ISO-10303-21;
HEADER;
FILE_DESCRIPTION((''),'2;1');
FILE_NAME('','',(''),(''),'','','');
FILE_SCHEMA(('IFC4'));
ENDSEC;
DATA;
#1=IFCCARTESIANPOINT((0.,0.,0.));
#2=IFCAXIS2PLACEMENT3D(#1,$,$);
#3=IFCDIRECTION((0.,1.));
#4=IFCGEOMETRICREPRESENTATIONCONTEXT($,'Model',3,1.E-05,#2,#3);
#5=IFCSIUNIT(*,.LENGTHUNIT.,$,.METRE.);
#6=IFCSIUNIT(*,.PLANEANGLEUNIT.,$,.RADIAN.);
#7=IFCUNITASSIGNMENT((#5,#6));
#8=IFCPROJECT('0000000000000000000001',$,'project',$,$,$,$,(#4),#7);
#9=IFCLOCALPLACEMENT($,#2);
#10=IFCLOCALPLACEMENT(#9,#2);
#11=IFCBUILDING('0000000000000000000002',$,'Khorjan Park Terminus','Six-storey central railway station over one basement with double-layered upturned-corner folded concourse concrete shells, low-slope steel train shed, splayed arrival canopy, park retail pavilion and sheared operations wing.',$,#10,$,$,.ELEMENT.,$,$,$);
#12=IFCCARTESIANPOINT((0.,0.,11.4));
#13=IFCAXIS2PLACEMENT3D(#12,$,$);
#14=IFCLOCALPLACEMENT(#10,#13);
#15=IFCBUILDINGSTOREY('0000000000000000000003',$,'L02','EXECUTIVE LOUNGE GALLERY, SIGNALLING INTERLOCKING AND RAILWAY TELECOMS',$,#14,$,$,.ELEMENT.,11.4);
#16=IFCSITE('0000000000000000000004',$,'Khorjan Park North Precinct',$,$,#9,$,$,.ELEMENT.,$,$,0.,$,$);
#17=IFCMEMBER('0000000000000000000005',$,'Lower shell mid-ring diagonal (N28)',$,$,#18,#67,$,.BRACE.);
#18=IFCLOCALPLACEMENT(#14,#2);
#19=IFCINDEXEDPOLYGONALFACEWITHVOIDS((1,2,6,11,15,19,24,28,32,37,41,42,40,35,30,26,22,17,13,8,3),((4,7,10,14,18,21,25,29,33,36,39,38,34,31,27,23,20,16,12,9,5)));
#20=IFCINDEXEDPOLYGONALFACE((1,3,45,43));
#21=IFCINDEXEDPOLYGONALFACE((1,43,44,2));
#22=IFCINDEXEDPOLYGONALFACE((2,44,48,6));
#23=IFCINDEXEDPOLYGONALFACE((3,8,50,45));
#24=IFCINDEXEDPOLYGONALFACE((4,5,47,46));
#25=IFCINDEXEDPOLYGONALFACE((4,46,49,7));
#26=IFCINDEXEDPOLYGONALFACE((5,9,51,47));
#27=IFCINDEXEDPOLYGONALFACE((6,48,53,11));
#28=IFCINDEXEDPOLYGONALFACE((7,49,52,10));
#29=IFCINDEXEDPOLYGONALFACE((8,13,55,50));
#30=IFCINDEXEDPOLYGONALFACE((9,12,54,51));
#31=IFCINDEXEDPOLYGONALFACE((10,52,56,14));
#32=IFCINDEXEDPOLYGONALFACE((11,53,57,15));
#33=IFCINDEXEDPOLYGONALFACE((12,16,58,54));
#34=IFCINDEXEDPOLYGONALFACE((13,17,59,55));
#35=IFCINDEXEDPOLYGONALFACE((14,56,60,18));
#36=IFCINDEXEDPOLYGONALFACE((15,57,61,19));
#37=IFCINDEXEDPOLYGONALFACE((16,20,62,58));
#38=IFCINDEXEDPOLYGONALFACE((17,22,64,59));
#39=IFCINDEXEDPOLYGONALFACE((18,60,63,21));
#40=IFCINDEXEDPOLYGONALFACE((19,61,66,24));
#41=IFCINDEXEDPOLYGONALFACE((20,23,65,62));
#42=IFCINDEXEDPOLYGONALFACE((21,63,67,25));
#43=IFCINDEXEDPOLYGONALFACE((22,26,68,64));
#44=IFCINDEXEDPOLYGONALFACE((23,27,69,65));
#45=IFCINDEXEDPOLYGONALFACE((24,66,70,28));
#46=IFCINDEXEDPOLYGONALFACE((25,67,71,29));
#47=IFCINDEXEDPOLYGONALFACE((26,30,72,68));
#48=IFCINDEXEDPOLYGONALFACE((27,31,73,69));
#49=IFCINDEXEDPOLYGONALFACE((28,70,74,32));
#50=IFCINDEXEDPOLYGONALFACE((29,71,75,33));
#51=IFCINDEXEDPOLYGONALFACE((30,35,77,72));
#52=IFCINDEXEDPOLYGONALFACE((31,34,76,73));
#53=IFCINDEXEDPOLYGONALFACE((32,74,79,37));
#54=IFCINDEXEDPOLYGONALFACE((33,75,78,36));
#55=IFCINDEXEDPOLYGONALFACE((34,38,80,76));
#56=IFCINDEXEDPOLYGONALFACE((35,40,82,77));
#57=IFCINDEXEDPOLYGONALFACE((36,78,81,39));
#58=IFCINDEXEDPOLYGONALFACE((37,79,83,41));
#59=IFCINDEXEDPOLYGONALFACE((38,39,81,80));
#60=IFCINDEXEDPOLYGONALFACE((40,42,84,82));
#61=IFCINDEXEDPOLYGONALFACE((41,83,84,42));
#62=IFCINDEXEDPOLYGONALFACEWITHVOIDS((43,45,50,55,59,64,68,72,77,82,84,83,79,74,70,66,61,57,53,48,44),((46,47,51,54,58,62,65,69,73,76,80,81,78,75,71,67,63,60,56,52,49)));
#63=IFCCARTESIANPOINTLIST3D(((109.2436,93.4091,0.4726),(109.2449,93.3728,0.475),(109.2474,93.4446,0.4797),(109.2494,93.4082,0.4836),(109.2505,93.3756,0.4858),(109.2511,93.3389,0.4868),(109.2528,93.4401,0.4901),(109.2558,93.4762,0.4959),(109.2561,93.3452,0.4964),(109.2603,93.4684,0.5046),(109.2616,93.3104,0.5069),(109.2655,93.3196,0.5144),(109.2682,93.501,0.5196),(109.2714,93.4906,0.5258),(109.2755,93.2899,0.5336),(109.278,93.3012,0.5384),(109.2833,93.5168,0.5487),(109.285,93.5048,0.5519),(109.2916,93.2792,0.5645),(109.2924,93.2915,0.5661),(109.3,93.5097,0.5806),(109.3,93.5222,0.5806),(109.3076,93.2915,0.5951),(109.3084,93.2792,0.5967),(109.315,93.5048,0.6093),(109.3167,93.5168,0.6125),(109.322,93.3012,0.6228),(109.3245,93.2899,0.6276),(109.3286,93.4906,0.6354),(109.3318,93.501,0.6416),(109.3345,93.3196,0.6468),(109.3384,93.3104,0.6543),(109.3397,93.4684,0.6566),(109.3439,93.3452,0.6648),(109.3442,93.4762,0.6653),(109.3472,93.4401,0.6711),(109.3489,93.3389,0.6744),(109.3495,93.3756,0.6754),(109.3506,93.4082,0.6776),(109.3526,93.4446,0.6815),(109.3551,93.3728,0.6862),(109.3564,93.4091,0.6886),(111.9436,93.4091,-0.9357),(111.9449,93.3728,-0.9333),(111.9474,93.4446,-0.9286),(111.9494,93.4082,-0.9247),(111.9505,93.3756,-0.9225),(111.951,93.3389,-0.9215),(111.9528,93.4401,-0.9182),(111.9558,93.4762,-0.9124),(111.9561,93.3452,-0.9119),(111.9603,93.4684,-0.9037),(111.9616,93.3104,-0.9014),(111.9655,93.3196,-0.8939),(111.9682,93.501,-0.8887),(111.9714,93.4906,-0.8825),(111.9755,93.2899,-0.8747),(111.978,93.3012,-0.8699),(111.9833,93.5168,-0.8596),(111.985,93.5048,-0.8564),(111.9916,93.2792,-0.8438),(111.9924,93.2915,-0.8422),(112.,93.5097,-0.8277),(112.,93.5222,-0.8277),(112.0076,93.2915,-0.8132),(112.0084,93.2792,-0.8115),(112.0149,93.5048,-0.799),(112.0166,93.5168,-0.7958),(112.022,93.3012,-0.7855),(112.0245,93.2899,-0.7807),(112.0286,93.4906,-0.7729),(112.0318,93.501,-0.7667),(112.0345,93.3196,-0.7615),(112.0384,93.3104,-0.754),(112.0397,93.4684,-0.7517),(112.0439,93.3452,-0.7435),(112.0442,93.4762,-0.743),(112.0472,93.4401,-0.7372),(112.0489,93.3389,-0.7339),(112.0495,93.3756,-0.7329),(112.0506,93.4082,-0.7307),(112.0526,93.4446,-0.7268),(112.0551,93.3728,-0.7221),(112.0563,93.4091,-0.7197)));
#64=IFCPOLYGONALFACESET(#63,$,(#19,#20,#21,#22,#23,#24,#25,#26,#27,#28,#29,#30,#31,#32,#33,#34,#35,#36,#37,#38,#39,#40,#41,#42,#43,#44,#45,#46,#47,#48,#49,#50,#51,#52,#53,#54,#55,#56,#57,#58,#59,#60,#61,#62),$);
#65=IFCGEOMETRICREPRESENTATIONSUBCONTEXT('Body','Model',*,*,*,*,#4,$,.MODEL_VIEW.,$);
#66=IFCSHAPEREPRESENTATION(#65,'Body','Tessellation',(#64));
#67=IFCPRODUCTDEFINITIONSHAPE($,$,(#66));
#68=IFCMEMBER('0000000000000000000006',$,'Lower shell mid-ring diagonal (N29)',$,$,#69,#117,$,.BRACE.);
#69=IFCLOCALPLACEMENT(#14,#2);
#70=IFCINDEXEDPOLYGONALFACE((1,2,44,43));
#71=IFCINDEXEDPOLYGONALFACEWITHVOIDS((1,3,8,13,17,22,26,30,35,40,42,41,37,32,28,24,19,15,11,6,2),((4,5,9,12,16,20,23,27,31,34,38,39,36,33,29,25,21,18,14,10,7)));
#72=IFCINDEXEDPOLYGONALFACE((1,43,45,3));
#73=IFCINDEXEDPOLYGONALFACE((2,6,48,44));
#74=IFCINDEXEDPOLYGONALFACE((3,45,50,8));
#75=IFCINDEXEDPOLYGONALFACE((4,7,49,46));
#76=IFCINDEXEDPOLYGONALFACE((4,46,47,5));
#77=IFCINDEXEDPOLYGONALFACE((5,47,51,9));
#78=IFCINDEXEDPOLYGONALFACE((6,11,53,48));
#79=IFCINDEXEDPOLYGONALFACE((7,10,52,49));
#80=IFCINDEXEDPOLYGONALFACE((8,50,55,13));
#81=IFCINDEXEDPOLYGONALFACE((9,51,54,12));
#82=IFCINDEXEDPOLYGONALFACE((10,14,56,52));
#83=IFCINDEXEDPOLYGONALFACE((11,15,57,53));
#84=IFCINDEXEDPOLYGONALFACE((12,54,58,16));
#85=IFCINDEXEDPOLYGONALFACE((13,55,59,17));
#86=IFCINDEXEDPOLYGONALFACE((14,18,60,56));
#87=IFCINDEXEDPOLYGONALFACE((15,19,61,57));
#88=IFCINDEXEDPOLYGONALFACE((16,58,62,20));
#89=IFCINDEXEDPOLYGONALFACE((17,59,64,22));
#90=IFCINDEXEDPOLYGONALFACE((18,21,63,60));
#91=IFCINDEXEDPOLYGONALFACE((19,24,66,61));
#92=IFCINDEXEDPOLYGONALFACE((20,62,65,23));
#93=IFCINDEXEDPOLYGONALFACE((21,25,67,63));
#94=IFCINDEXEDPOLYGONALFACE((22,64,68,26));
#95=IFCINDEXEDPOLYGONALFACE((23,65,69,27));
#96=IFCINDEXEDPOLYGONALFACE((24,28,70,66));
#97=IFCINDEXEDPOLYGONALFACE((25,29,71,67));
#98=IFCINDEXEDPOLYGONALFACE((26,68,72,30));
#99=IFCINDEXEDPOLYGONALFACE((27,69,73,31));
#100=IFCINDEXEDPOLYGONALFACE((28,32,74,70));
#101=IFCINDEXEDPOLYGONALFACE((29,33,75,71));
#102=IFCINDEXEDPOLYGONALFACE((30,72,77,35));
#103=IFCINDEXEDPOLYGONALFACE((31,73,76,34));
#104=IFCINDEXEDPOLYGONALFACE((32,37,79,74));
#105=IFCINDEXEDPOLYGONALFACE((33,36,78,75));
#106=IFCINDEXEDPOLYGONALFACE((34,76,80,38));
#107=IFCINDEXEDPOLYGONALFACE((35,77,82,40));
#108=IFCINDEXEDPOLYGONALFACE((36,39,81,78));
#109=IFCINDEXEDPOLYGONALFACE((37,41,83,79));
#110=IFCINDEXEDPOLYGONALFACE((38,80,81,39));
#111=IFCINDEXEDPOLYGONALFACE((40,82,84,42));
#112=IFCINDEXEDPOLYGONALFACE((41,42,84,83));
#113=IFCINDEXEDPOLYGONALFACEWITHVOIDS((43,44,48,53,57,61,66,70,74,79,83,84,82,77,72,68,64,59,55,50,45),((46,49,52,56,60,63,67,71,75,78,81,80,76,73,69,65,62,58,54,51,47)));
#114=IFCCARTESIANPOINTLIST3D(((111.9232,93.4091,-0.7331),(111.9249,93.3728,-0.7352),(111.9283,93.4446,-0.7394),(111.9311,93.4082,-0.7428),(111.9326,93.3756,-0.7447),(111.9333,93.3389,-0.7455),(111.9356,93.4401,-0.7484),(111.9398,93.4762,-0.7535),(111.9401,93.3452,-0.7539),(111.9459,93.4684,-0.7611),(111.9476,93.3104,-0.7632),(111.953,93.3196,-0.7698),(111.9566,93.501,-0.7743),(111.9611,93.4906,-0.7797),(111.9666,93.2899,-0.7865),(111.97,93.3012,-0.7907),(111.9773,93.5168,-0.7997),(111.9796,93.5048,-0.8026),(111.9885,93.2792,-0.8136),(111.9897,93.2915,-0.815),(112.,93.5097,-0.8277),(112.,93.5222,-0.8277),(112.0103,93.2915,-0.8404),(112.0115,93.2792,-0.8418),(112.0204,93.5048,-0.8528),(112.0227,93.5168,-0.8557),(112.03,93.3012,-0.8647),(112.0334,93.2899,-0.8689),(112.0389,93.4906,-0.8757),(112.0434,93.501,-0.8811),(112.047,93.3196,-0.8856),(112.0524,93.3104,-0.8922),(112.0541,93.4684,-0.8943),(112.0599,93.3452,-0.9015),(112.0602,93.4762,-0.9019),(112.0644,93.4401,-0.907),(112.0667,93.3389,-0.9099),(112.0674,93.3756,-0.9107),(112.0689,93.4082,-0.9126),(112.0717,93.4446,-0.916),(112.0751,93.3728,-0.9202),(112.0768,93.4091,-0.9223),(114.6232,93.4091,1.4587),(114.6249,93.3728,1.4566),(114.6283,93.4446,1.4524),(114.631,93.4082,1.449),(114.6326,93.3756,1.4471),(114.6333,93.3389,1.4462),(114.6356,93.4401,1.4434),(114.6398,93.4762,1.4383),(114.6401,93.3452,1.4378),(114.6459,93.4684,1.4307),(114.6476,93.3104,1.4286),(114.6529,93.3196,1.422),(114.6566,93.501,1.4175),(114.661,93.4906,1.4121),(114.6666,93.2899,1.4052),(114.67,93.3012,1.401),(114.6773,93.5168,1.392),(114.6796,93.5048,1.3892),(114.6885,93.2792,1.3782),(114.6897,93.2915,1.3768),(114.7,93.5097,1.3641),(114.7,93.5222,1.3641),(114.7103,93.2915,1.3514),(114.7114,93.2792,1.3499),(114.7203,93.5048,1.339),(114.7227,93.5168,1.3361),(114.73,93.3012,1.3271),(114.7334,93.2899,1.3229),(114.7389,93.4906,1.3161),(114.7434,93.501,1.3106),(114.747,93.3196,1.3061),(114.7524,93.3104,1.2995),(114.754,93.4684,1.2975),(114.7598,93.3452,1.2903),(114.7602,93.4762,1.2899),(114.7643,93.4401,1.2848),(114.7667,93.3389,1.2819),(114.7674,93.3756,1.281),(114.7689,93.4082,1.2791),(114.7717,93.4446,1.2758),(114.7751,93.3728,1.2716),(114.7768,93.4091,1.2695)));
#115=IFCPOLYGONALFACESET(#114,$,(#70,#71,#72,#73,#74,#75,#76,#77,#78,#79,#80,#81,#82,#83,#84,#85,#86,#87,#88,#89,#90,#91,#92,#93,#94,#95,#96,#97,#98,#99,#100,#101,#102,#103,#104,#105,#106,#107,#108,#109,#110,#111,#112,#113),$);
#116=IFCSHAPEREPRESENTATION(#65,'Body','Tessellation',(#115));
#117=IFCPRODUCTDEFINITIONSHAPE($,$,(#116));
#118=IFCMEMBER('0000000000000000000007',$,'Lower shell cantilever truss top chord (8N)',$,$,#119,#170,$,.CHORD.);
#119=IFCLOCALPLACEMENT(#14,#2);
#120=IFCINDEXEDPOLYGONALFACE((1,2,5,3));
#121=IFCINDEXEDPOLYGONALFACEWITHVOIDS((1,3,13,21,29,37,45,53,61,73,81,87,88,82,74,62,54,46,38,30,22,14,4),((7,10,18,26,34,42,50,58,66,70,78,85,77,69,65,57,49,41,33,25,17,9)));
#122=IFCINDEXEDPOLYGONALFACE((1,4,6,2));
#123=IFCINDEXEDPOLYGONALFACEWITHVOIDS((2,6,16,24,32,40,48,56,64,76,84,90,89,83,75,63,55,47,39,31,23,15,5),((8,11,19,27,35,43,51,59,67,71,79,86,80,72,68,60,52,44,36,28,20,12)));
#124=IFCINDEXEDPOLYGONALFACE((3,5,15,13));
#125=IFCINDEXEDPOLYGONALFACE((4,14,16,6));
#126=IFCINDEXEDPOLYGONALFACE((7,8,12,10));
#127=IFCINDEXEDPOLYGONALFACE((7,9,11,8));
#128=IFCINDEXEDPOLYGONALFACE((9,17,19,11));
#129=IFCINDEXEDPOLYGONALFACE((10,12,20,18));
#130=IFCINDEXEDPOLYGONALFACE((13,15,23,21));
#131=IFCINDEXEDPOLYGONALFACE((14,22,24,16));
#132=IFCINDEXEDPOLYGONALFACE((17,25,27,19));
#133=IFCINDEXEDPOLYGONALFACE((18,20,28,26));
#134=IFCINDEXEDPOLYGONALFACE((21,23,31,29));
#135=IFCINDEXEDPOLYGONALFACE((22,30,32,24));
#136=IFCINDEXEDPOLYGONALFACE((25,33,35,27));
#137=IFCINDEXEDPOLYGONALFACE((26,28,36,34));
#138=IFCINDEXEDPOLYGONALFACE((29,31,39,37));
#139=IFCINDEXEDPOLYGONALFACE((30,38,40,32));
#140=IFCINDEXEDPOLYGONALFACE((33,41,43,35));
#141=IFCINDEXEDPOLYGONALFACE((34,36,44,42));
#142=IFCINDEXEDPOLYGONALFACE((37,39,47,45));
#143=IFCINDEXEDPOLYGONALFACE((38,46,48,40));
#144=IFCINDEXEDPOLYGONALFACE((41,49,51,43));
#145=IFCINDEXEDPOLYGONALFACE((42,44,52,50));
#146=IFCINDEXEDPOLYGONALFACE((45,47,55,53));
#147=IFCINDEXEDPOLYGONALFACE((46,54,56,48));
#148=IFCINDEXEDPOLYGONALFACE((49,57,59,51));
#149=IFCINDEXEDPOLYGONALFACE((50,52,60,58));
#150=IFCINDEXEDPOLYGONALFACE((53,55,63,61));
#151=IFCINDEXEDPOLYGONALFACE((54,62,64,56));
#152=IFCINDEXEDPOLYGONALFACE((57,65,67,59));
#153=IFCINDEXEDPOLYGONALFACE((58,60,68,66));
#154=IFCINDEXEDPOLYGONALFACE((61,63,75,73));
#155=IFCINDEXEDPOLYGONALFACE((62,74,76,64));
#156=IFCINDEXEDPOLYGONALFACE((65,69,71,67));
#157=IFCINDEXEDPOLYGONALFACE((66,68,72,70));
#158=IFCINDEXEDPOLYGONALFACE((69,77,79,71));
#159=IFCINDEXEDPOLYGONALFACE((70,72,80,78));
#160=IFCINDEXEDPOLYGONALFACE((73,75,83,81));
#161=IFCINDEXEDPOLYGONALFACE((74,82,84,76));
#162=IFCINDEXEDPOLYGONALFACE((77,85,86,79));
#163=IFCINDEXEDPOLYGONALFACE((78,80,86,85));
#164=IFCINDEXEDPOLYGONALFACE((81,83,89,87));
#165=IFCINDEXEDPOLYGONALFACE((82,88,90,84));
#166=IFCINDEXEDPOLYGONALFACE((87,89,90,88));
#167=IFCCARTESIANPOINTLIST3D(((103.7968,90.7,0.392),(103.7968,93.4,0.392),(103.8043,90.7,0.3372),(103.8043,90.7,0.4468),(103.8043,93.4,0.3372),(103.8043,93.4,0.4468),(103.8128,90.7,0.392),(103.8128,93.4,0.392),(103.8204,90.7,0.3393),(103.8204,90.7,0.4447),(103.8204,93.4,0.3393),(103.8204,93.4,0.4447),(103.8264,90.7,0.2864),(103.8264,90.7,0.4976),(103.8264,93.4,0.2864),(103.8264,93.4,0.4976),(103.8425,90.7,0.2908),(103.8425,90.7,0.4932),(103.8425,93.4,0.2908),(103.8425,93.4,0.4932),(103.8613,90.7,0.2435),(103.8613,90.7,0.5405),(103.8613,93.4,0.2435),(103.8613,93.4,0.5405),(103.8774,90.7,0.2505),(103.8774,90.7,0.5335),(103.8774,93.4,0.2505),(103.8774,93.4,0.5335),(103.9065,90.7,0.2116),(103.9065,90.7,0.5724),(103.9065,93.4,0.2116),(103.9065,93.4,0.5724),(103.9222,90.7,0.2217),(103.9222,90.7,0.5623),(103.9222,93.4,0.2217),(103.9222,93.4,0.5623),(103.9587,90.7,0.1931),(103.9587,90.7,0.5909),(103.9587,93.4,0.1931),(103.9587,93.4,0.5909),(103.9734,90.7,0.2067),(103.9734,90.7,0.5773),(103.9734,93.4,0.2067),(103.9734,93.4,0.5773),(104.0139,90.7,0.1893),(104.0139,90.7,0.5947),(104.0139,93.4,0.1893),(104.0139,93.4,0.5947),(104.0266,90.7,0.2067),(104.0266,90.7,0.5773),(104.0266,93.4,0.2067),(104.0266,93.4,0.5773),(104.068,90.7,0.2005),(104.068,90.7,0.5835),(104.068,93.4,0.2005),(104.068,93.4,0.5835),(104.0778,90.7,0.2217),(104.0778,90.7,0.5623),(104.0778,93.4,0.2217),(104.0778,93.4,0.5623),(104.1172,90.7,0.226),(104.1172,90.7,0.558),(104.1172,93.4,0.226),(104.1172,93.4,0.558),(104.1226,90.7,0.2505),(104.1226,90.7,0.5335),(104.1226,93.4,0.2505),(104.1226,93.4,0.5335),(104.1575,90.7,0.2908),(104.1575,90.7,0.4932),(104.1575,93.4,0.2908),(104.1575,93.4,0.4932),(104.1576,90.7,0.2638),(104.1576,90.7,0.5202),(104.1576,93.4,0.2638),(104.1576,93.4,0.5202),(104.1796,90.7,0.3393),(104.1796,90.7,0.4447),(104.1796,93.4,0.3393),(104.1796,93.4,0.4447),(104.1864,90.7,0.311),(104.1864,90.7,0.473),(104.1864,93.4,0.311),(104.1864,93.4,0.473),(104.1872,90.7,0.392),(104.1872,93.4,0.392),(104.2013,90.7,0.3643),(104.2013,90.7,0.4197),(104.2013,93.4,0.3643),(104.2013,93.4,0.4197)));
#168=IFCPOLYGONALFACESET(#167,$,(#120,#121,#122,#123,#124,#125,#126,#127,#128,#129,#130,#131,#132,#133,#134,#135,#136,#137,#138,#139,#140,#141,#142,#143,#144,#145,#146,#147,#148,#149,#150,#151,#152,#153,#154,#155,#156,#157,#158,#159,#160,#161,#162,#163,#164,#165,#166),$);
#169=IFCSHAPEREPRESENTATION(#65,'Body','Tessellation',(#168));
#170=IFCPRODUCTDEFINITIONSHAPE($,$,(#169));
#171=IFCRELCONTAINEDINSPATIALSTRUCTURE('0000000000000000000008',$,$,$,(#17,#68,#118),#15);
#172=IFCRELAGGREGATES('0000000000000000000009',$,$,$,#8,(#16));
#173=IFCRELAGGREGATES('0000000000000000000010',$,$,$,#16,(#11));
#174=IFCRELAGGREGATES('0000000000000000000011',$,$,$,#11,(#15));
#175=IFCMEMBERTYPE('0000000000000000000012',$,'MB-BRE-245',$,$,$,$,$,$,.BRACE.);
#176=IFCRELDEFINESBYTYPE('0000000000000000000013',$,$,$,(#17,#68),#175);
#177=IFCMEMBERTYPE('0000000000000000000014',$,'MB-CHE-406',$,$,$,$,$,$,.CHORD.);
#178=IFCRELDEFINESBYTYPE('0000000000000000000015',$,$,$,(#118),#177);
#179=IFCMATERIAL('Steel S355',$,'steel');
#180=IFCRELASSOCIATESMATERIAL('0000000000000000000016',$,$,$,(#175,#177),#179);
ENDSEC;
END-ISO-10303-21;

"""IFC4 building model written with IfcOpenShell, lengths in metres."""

from ifc_helpers import new_model, si_unit, direction, frame, origin, origin_2d, place, context, subcontext, project, spatial, hollow_circle, extrude, material, material_profile, profile_set, type_object, element, save


model = new_model("IFC4")

# Units and contexts
model_context = context("Model", 3, precision=1e-05, world=origin(), true_north=direction((0.0, 1.0)))
body_context = subcontext(model_context, "Body", "Model", "MODEL_VIEW")
ifc_project = project(units=[si_unit("LENGTHUNIT", "METRE"), si_unit("PLANEANGLEUNIT", "RADIAN")], contexts=[model_context])

# Site, building, storey
site_placement = place(None, origin())
site = spatial("IfcSite", under=ifc_project, at=site_placement, Name="Khorjan Park North Precinct", CompositionType="ELEMENT", RefElevation=0.0)
building_placement = place(site_placement, origin())
building = spatial("IfcBuilding", under=site, at=building_placement, Name="Khorjan Park Terminus", Description="Six-storey central railway station over one basement with double-layered upturned-corner folded concourse concrete shells, low-slope steel train shed, splayed arrival canopy, park retail pavilion and sheared operations wing.", CompositionType="ELEMENT")
storey_placement = place(building_placement, frame((0.0, 0.0, 11.4)))
storey = spatial("IfcBuildingStorey", under=building, at=storey_placement, Name="L02", Description="EXECUTIVE LOUNGE GALLERY, SIGNALLING INTERLOCKING AND RAILWAY TELECOMS", CompositionType="ELEMENT", Elevation=11.4)

# Members
ifc_material_1 = material(Name="Steel S355", Category="steel")
ifc_material_profile_1 = material_profile(ifc_material_1, hollow_circle(Radius=0.1222, WallThickness=0.0125, at=origin_2d()), Name="CHS 244.5x12.5")
ifc_profile_set_1 = profile_set([ifc_material_profile_1], Name="Steel S355")
member_type_1 = type_object("IfcMemberType", Name="MB-BRE-245", PredefinedType="BRACE", material=ifc_profile_set_1)
member_1_placement = place(storey_placement, frame((109.3, 93.4, 0.5806), z_axis=(0.886638, 0.0, -0.462464), x_axis=(0.0, 1.0, 0.0)))
element("IfcMember", 1, at=member_1_placement, inside=storey, type_object=member_type_1, Name="Lower shell mid-ring diagonal (N28)", PredefinedType="BRACE", context=body_context, shape_type="SweptSolid", body=[
    extrude(hollow_circle(Radius=0.1222, WallThickness=0.0125, at=origin_2d()), origin(), (0.0, 0.0, 1.0), 3.0452),
])
member_2_placement = place(storey_placement, frame((112.0, 93.4, -0.8277), z_axis=(0.776388, 0.0, 0.630255), x_axis=(0.0, 1.0, 0.0)))
element("IfcMember", 2, at=member_2_placement, inside=storey, type_object=member_type_1, Name="Lower shell mid-ring diagonal (N29)", PredefinedType="BRACE", context=body_context, shape_type="SweptSolid", body=[
    extrude(hollow_circle(Radius=0.1222, WallThickness=0.0125, at=origin_2d()), origin(), (0.0, 0.0, 1.0), 3.4776),
])
ifc_material_profile_2 = material_profile(ifc_material_1, hollow_circle(Radius=0.2032, WallThickness=0.016, at=origin_2d()), Name="CHS 406.4x16")
ifc_profile_set_2 = profile_set([ifc_material_profile_2], Name="Steel S355")
member_type_2 = type_object("IfcMemberType", Name="MB-CHE-406", PredefinedType="CHORD", material=ifc_profile_set_2)
for number, where, z_axis, x_axis, name in (
    (3, (104.0, 90.7, 0.392), (0.0, 1.0, 0.0), (-1.0, 0.0, 0.0), "Lower shell cantilever truss top chord (8N)"),
):
    element("IfcMember", number, at=place(storey_placement, frame(where, z_axis=z_axis, x_axis=x_axis)), inside=storey, type_object=member_type_2, Name=name, PredefinedType="CHORD", context=body_context, shape_type="SweptSolid", body=[
        extrude(hollow_circle(Radius=0.2032, WallThickness=0.016, at=origin_2d()), origin(), (0.0, 0.0, 1.0), 2.7),
    ])

save(model, "model.ifc")
